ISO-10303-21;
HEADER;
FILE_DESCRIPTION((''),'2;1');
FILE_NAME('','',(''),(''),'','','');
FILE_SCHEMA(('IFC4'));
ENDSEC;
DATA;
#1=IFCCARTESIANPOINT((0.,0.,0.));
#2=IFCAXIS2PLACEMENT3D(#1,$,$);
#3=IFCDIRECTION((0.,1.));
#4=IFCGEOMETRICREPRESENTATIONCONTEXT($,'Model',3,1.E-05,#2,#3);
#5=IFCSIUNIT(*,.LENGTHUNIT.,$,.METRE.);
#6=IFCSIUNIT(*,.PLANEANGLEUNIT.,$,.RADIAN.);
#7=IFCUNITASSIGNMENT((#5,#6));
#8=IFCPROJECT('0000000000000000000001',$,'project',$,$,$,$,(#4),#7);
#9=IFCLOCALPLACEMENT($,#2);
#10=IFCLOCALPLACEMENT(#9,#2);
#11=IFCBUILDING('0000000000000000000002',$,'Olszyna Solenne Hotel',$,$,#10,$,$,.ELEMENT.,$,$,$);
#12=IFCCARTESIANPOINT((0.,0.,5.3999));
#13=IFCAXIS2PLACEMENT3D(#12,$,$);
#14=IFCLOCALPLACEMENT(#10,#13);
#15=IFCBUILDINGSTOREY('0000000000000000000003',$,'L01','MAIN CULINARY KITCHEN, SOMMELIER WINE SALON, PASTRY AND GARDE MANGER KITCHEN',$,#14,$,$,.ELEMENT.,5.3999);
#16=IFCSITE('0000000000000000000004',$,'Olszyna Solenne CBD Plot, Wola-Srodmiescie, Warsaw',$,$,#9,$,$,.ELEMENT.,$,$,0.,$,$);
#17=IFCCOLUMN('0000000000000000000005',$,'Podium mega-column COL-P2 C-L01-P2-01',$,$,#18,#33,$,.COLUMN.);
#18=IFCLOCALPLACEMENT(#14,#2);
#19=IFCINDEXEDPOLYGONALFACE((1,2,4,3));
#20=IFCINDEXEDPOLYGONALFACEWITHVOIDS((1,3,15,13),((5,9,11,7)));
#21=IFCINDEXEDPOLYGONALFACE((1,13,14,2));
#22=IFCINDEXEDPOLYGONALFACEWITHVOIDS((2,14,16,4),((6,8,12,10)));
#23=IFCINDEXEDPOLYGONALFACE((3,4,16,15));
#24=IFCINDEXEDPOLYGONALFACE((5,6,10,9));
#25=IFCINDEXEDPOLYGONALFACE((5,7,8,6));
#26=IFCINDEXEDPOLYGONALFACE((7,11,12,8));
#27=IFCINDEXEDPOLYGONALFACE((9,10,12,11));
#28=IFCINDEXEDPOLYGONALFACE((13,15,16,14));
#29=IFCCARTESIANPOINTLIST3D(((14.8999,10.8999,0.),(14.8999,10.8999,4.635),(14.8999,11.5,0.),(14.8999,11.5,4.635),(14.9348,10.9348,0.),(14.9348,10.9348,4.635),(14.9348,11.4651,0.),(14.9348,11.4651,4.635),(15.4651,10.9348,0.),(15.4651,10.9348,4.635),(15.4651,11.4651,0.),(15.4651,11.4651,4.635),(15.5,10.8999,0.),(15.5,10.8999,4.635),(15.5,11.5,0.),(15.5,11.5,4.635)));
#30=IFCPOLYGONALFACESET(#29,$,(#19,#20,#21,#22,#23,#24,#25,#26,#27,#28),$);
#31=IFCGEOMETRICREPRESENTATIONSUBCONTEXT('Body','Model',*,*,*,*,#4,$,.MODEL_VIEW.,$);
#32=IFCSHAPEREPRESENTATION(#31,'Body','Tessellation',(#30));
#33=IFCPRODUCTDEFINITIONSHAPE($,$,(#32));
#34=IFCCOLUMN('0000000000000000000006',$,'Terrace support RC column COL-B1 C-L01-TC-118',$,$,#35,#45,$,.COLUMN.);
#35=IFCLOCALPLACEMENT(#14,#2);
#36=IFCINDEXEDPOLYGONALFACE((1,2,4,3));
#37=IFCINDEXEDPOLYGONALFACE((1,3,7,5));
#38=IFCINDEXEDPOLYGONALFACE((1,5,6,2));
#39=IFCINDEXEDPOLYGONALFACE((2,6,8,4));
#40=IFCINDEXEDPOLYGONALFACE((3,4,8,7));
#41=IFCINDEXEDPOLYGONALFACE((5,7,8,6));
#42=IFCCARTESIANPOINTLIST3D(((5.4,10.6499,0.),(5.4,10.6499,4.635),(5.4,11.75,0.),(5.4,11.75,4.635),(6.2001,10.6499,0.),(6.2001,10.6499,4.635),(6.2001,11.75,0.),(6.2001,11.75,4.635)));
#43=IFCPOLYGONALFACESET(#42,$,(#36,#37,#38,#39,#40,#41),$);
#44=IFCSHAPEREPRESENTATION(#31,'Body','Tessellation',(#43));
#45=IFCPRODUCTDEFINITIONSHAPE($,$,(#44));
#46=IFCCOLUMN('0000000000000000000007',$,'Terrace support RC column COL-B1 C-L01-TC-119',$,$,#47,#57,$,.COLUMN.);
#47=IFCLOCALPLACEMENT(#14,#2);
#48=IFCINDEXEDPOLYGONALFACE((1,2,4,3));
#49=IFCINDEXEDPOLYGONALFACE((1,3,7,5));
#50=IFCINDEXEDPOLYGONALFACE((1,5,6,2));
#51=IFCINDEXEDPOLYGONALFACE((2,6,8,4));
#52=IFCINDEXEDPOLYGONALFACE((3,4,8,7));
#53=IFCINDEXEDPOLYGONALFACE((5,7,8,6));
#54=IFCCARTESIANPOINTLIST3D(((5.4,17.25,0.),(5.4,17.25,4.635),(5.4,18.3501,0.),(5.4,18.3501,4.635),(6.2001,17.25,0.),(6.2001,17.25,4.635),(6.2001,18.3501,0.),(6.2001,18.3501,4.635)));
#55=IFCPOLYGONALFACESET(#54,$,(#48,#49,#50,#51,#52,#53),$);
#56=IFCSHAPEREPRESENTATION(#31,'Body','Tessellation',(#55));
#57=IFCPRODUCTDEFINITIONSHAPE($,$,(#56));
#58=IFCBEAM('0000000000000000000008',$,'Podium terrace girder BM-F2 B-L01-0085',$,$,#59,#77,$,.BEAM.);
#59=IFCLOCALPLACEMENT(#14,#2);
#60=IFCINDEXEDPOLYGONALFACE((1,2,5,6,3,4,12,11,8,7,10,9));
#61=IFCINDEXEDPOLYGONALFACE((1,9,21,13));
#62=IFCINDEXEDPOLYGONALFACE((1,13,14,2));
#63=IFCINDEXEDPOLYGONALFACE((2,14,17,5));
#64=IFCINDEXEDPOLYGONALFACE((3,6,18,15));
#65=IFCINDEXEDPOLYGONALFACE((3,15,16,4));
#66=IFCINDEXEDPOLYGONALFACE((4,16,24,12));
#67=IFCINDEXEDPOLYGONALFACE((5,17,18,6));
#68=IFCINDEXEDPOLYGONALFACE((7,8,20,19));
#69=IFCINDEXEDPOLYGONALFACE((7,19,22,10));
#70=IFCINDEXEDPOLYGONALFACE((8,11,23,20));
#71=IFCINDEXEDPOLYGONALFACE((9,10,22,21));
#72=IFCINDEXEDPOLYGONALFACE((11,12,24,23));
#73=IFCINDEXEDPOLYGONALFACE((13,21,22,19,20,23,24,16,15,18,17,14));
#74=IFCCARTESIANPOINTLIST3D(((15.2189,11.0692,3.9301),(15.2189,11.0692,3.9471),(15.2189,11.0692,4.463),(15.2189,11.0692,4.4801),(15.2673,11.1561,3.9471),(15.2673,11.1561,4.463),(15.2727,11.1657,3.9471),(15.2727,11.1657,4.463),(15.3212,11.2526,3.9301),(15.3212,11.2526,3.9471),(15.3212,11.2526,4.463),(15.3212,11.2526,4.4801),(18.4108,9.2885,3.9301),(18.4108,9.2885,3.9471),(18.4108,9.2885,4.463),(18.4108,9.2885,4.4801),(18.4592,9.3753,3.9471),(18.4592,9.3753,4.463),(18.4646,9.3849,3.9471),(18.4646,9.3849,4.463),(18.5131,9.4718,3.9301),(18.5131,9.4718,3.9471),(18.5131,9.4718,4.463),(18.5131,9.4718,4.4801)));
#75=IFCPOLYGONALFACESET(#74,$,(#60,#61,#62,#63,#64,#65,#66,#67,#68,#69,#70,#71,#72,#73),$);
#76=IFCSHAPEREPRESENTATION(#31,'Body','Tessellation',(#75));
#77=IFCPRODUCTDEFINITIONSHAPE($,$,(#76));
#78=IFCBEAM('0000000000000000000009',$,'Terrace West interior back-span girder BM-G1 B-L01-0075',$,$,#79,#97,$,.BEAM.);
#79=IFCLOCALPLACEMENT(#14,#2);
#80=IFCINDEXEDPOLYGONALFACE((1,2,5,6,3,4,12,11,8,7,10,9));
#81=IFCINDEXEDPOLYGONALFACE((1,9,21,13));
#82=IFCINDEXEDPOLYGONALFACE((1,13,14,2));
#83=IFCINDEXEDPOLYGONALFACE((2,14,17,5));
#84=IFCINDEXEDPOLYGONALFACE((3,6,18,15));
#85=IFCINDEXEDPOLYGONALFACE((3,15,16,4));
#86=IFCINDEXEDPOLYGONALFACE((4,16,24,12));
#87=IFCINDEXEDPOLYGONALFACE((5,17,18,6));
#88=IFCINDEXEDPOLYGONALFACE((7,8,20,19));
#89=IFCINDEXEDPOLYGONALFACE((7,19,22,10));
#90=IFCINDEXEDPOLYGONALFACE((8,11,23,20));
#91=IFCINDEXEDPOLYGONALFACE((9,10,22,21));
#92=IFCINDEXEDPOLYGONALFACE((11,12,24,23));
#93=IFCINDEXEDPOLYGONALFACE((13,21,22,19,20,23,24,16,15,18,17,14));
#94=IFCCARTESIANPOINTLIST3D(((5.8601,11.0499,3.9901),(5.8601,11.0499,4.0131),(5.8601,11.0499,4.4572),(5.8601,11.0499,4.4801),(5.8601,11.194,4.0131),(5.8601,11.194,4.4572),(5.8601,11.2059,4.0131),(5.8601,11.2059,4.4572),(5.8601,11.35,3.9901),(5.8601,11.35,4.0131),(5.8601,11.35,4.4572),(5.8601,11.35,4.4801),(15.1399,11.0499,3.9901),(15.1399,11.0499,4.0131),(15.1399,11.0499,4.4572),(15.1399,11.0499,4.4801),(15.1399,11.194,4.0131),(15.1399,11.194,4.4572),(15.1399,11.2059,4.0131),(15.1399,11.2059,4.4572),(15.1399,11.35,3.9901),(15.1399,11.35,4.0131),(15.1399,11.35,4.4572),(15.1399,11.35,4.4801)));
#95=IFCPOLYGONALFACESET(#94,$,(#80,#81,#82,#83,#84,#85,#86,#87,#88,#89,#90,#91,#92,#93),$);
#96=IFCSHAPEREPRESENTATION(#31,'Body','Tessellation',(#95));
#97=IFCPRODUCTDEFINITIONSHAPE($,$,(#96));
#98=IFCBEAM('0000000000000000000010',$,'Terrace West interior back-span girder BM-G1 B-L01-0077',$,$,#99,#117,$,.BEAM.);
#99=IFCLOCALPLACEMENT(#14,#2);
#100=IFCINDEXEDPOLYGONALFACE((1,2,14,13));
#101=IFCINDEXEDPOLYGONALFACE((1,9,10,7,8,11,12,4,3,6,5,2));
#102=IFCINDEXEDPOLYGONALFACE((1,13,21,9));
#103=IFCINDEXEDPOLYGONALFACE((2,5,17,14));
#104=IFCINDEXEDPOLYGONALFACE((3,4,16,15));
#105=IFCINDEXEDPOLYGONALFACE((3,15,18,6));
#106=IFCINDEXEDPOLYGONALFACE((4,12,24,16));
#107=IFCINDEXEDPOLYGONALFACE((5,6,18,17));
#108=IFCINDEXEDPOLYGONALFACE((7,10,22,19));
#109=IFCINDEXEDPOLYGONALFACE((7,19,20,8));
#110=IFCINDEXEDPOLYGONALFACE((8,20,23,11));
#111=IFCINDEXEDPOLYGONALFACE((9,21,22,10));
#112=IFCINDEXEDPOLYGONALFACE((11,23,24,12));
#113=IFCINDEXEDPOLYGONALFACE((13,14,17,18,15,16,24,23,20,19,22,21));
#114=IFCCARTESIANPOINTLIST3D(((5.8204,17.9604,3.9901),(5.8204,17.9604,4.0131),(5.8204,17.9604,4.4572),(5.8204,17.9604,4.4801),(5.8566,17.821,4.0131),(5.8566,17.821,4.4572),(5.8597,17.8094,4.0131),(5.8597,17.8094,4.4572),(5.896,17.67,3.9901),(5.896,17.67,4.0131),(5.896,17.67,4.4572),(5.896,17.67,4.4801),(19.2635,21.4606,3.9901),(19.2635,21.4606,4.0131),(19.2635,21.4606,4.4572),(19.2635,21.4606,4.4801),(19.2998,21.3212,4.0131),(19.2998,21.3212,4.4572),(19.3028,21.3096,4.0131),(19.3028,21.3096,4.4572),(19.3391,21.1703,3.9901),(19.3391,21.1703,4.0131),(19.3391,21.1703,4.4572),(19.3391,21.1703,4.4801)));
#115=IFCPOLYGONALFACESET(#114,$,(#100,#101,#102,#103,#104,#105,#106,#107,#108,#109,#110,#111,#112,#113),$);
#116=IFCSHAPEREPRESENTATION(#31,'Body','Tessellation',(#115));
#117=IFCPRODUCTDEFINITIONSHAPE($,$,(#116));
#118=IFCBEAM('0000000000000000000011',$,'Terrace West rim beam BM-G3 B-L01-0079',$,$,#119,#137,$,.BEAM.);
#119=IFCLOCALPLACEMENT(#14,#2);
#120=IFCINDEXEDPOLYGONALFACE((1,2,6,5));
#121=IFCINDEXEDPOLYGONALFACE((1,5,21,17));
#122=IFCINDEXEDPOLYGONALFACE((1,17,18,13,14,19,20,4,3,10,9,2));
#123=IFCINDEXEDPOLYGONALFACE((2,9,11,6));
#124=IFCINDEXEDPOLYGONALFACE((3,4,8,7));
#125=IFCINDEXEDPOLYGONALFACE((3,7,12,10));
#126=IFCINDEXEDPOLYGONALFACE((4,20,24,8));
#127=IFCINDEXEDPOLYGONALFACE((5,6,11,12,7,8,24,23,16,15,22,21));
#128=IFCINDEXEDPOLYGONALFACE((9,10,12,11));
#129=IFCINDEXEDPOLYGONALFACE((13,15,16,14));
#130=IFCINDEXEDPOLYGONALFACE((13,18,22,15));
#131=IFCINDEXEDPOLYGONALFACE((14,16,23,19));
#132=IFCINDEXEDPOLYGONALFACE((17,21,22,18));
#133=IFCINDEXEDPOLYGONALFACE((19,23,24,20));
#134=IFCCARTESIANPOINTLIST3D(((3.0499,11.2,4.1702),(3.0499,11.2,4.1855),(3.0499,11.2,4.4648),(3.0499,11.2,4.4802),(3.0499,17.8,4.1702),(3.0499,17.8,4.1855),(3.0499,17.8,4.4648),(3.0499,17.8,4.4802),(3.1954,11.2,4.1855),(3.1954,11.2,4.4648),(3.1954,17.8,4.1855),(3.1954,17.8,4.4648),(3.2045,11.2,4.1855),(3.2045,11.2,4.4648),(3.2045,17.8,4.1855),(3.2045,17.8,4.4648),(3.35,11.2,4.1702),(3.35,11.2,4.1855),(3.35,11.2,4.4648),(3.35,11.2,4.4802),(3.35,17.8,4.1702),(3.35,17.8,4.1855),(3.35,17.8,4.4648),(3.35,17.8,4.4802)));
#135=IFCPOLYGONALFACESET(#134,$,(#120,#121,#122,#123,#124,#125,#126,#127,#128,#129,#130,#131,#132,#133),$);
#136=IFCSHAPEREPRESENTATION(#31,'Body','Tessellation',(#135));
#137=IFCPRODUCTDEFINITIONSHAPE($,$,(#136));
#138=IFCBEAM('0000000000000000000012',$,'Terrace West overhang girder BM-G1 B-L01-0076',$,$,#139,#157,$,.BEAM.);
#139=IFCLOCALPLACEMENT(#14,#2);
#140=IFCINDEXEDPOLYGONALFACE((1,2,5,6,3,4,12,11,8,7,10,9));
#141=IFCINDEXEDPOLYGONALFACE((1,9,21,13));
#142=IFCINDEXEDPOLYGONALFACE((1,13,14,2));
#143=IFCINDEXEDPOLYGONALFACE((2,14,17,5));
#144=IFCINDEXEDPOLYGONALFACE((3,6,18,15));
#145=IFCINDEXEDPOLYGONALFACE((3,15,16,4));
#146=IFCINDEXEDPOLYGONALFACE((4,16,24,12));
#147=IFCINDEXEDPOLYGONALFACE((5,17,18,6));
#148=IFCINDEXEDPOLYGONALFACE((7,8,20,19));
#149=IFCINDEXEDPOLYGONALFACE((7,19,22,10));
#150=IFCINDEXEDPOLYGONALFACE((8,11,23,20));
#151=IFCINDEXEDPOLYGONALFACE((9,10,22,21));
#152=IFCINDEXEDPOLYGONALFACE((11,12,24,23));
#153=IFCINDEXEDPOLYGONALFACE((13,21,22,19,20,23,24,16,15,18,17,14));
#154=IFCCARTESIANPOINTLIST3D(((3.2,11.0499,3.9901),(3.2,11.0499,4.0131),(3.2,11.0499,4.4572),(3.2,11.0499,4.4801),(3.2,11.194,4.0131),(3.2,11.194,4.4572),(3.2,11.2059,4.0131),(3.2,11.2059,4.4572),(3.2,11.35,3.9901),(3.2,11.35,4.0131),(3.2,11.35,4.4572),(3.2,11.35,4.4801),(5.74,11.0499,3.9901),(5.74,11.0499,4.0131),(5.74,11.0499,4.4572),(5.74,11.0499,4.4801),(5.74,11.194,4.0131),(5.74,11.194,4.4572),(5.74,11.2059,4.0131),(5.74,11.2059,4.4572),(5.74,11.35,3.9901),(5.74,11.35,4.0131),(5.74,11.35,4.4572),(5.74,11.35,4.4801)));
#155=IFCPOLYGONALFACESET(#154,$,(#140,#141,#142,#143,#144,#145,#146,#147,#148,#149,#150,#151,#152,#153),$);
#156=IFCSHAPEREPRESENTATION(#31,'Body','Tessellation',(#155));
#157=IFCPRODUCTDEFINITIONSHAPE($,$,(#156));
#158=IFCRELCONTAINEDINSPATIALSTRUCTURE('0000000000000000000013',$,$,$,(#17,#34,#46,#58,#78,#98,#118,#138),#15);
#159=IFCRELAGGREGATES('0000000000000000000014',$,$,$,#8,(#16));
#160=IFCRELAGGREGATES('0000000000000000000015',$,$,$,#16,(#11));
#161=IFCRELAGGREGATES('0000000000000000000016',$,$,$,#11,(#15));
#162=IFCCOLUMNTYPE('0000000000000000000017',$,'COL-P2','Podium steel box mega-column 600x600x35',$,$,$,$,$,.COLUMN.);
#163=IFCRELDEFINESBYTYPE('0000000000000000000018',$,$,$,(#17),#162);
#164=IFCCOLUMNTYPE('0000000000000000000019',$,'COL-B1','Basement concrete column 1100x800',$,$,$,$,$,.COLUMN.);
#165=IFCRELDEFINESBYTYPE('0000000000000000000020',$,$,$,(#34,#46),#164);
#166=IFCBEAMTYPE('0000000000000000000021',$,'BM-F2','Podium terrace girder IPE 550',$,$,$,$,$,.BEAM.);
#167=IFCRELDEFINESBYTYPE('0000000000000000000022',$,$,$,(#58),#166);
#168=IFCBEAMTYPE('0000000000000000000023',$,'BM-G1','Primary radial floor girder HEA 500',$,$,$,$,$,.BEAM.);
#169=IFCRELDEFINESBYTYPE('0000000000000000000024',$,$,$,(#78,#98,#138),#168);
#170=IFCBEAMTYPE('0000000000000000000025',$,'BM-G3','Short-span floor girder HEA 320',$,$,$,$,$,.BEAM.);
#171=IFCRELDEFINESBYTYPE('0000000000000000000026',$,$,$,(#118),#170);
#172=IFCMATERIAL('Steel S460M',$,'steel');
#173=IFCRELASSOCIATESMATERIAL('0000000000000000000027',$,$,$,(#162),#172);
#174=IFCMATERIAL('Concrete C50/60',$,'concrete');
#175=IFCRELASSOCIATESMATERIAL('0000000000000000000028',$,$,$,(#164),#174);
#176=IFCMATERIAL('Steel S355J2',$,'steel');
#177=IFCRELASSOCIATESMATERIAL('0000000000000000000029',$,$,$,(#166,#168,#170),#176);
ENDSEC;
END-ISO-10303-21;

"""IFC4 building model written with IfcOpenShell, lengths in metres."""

from ifc_helpers import new_model, si_unit, direction, frame, origin, origin_2d, place, context, subcontext, project, spatial, rectangle, hollow_rectangle, i_section, extrude, source, transform, mapped, material, material_profile, profile_set, type_object, element, save


model = new_model("IFC4")

# Units and contexts
model_context = context("Model", 3, precision=1e-05, world=origin(), true_north=direction((0.0, 1.0)))
body_context = subcontext(model_context, "Body", "Model", "MODEL_VIEW")
ifc_project = project(units=[si_unit("LENGTHUNIT", "METRE"), si_unit("PLANEANGLEUNIT", "RADIAN")], contexts=[model_context])

# Site, building, storey
site_placement = place(None, origin())
site = spatial("IfcSite", under=ifc_project, at=site_placement, Name="Olszyna Solenne CBD Plot, Wola-Srodmiescie, Warsaw", CompositionType="ELEMENT", RefElevation=0.0)
building_placement = place(site_placement, origin())
building = spatial("IfcBuilding", under=site, at=building_placement, Name="Olszyna Solenne Hotel", CompositionType="ELEMENT")
storey_placement = place(building_placement, frame((0.0, 0.0, 5.3999)))
storey = spatial("IfcBuildingStorey", under=building, at=storey_placement, Name="L01", Description="MAIN CULINARY KITCHEN, SOMMELIER WINE SALON, PASTRY AND GARDE MANGER KITCHEN", CompositionType="ELEMENT", Elevation=5.3999)

# Columns
ifc_material_1 = material(Name="Steel S460M", Category="steel")
ifc_material_profile_1 = material_profile(ifc_material_1, hollow_rectangle(XDim=0.6001, YDim=0.6001, WallThickness=0.0349, at=origin_2d()), Name="SHS 600x600x35", Category="load-bearing")
ifc_profile_set_1 = profile_set([ifc_material_profile_1], Name="Steel S460M")
column_type_1 = type_object("IfcColumnType", Name="COL-P2", Description="Podium steel box mega-column 600x600x35", PredefinedType="COLUMN", material=ifc_profile_set_1)
shared_shape_1 = source(origin(), body_context, "Body", "SweptSolid", [
    extrude(hollow_rectangle(XDim=0.6001, YDim=0.6001, WallThickness=0.0349, at=origin_2d()), origin(), (0.0, 0.0, 1.0), 4.635),
])
column_placement = place(storey_placement, frame((15.2, 11.2, 0.0), z_axis=(0.0, 0.0, 1.0), x_axis=(1.0, 0.0, 0.0)))
element("IfcColumn", 1, at=column_placement, inside=storey, type_object=column_type_1, Name="Podium mega-column COL-P2 C-L01-P2-01", PredefinedType="COLUMN", context=body_context, shape_type="MappedRepresentation", body=[
    mapped(shared_shape_1, transform((0.0, 0.0, 0.0), x_axis=(1.0, 0.0, 0.0), y_axis=(0.0, 1.0, 0.0), z_axis=(0.0, 0.0, 1.0), scale=1.0)),
])
ifc_material_2 = material(Name="Concrete C50/60", Category="concrete")
ifc_material_profile_2 = material_profile(ifc_material_2, rectangle(XDim=0.8, YDim=1.1001, at=origin_2d()), Name="RC 1100x800", Category="load-bearing")
ifc_profile_set_2 = profile_set([ifc_material_profile_2], Name="Concrete C50/60")
column_type_2 = type_object("IfcColumnType", Name="COL-B1", Description="Basement concrete column 1100x800", PredefinedType="COLUMN", material=ifc_profile_set_2)
shared_shape_2 = source(origin(), body_context, "Body", "SweptSolid", [
    extrude(rectangle(XDim=0.8, YDim=1.1001, at=origin_2d()), origin(), (0.0, 0.0, 1.0), 4.635),
])
for number, where, z_axis, x_axis, name in (
    (2, (5.8, 11.2, 0.0), (0.0, 0.0, 1.0), (1.0, 0.0, 0.0), "Terrace support RC column COL-B1 C-L01-TC-118"),
    (3, (5.8, 17.8, 0.0), (0.0, 0.0, 1.0), (1.0, 0.0, 0.0), "Terrace support RC column COL-B1 C-L01-TC-119"),
):
    element("IfcColumn", number, at=place(storey_placement, frame(where, z_axis=z_axis, x_axis=x_axis)), inside=storey, type_object=column_type_2, Name=name, PredefinedType="COLUMN", context=body_context, shape_type="MappedRepresentation", body=[
        mapped(shared_shape_2, transform((0.0, 0.0, 0.0), x_axis=(1.0, 0.0, 0.0), y_axis=(0.0, 1.0, 0.0), z_axis=(0.0, 0.0, 1.0), scale=1.0)),
    ])

# Beams
ifc_material_3 = material(Name="Steel S355J2", Category="steel")
ifc_material_profile_3 = material_profile(ifc_material_3, i_section(OverallWidth=0.21, OverallDepth=0.55, WebThickness=0.011, FlangeThickness=0.0171, at=origin_2d()), Name="IPE 550", Category="load-bearing")
ifc_profile_set_3 = profile_set([ifc_material_profile_3], Name="Steel S355J2")
beam_type_1 = type_object("IfcBeamType", Name="BM-F2", Description="Podium terrace girder IPE 550", PredefinedType="BEAM", material=ifc_profile_set_3)
shared_shape_3 = source(origin(), body_context, "Body", "SweptSolid", [
    extrude(i_section(OverallWidth=0.21, OverallDepth=0.55, WebThickness=0.011, FlangeThickness=0.0171, at=origin_2d()), origin(), (0.0, 0.0, 1.0), 3.655),
])
beam_1_placement = place(storey_placement, frame((15.27, 11.1609, 4.2051), z_axis=(0.873286, -0.487207, 0.0), x_axis=(0.487207, 0.873286, 0.0)))
element("IfcBeam", 4, at=beam_1_placement, inside=storey, type_object=beam_type_1, Name="Podium terrace girder BM-F2 B-L01-0085", PredefinedType="BEAM", context=body_context, shape_type="MappedRepresentation", body=[
    mapped(shared_shape_3, transform((0.0, 0.0, 0.0), x_axis=(1.0, 0.0, 0.0), y_axis=(0.0, 1.0, 0.0), z_axis=(0.0, 0.0, 1.0), scale=1.0)),
])
ifc_material_profile_4 = material_profile(ifc_material_3, i_section(OverallWidth=0.3, OverallDepth=0.49, WebThickness=0.012, FlangeThickness=0.0229, at=origin_2d()), Name="HEA 500", Category="load-bearing")
ifc_profile_set_4 = profile_set([ifc_material_profile_4], Name="Steel S355J2")
beam_type_2 = type_object("IfcBeamType", Name="BM-G1", Description="Primary radial floor girder HEA 500", PredefinedType="BEAM", material=ifc_profile_set_4)
shared_shape_4 = source(origin(), body_context, "Body", "SweptSolid", [
    extrude(i_section(OverallWidth=0.3, OverallDepth=0.49, WebThickness=0.012, FlangeThickness=0.0229, at=origin_2d()), origin(), (0.0, 0.0, 1.0), 9.2798),
])
beam_2_placement = place(storey_placement, frame((5.8601, 11.2, 4.2351), z_axis=(1.0, 0.0, 0.0), x_axis=(0.0, 1.0, 0.0)))
element("IfcBeam", 5, at=beam_2_placement, inside=storey, type_object=beam_type_2, Name="Terrace West interior back-span girder BM-G1 B-L01-0075", PredefinedType="BEAM", context=body_context, shape_type="MappedRepresentation", body=[
    mapped(shared_shape_4, transform((0.0, 0.0, 0.0), x_axis=(1.0, 0.0, 0.0), y_axis=(0.0, 1.0, 0.0), z_axis=(0.0, 0.0, 1.0), scale=1.0)),
])
shared_shape_5 = source(origin(), body_context, "Body", "SweptSolid", [
    extrude(i_section(OverallWidth=0.3, OverallDepth=0.49, WebThickness=0.012, FlangeThickness=0.0229, at=origin_2d()), origin(), (0.0, 0.0, 1.0), 13.8914),
])
beam_3_placement = place(storey_placement, frame((5.8582, 17.8152, 4.2351), z_axis=(0.967734, 0.251973, 0.0), x_axis=(-0.251973, 0.967734, 0.0)))
element("IfcBeam", 6, at=beam_3_placement, inside=storey, type_object=beam_type_2, Name="Terrace West interior back-span girder BM-G1 B-L01-0077", PredefinedType="BEAM", context=body_context, shape_type="MappedRepresentation", body=[
    mapped(shared_shape_5, transform((0.0, 0.0, 0.0), x_axis=(1.0, 0.0, 0.0), y_axis=(0.0, 1.0, 0.0), z_axis=(0.0, 0.0, 1.0), scale=1.0)),
])
ifc_material_profile_5 = material_profile(ifc_material_3, i_section(OverallWidth=0.3, OverallDepth=0.3101, WebThickness=0.009, FlangeThickness=0.0154, at=origin_2d()), Name="HEA 320", Category="load-bearing")
ifc_profile_set_5 = profile_set([ifc_material_profile_5], Name="Steel S355J2")
beam_type_3 = type_object("IfcBeamType", Name="BM-G3", Description="Short-span floor girder HEA 320", PredefinedType="BEAM", material=ifc_profile_set_5)
shared_shape_6 = source(origin(), body_context, "Body", "SweptSolid", [
    extrude(i_section(OverallWidth=0.3, OverallDepth=0.3101, WebThickness=0.009, FlangeThickness=0.0154, at=origin_2d()), origin(), (0.0, 0.0, 1.0), 6.6001),
])
beam_4_placement = place(storey_placement, frame((3.2, 11.2, 4.3252), z_axis=(0.0, 1.0, 0.0), x_axis=(-1.0, 0.0, 0.0)))
element("IfcBeam", 7, at=beam_4_placement, inside=storey, type_object=beam_type_3, Name="Terrace West rim beam BM-G3 B-L01-0079", PredefinedType="BEAM", context=body_context, shape_type="MappedRepresentation", body=[
    mapped(shared_shape_6, transform((0.0, 0.0, 0.0), x_axis=(1.0, 0.0, 0.0), y_axis=(0.0, 1.0, 0.0), z_axis=(0.0, 0.0, 1.0), scale=1.0)),
])
shared_shape_7 = source(origin(), body_context, "Body", "SweptSolid", [
    extrude(i_section(OverallWidth=0.3, OverallDepth=0.49, WebThickness=0.012, FlangeThickness=0.0229, at=origin_2d()), origin(), (0.0, 0.0, 1.0), 2.54),
])
for number, where, z_axis, x_axis, name in (
    (8, (3.2, 11.2, 4.2351), (1.0, 0.0, 0.0), (0.0, 1.0, 0.0), "Terrace West overhang girder BM-G1 B-L01-0076"),
):
    element("IfcBeam", number, at=place(storey_placement, frame(where, z_axis=z_axis, x_axis=x_axis)), inside=storey, type_object=beam_type_2, Name=name, PredefinedType="BEAM", context=body_context, shape_type="MappedRepresentation", body=[
        mapped(shared_shape_7, transform((0.0, 0.0, 0.0), x_axis=(1.0, 0.0, 0.0), y_axis=(0.0, 1.0, 0.0), z_axis=(0.0, 0.0, 1.0), scale=1.0)),
    ])

save(model, "model.ifc")
